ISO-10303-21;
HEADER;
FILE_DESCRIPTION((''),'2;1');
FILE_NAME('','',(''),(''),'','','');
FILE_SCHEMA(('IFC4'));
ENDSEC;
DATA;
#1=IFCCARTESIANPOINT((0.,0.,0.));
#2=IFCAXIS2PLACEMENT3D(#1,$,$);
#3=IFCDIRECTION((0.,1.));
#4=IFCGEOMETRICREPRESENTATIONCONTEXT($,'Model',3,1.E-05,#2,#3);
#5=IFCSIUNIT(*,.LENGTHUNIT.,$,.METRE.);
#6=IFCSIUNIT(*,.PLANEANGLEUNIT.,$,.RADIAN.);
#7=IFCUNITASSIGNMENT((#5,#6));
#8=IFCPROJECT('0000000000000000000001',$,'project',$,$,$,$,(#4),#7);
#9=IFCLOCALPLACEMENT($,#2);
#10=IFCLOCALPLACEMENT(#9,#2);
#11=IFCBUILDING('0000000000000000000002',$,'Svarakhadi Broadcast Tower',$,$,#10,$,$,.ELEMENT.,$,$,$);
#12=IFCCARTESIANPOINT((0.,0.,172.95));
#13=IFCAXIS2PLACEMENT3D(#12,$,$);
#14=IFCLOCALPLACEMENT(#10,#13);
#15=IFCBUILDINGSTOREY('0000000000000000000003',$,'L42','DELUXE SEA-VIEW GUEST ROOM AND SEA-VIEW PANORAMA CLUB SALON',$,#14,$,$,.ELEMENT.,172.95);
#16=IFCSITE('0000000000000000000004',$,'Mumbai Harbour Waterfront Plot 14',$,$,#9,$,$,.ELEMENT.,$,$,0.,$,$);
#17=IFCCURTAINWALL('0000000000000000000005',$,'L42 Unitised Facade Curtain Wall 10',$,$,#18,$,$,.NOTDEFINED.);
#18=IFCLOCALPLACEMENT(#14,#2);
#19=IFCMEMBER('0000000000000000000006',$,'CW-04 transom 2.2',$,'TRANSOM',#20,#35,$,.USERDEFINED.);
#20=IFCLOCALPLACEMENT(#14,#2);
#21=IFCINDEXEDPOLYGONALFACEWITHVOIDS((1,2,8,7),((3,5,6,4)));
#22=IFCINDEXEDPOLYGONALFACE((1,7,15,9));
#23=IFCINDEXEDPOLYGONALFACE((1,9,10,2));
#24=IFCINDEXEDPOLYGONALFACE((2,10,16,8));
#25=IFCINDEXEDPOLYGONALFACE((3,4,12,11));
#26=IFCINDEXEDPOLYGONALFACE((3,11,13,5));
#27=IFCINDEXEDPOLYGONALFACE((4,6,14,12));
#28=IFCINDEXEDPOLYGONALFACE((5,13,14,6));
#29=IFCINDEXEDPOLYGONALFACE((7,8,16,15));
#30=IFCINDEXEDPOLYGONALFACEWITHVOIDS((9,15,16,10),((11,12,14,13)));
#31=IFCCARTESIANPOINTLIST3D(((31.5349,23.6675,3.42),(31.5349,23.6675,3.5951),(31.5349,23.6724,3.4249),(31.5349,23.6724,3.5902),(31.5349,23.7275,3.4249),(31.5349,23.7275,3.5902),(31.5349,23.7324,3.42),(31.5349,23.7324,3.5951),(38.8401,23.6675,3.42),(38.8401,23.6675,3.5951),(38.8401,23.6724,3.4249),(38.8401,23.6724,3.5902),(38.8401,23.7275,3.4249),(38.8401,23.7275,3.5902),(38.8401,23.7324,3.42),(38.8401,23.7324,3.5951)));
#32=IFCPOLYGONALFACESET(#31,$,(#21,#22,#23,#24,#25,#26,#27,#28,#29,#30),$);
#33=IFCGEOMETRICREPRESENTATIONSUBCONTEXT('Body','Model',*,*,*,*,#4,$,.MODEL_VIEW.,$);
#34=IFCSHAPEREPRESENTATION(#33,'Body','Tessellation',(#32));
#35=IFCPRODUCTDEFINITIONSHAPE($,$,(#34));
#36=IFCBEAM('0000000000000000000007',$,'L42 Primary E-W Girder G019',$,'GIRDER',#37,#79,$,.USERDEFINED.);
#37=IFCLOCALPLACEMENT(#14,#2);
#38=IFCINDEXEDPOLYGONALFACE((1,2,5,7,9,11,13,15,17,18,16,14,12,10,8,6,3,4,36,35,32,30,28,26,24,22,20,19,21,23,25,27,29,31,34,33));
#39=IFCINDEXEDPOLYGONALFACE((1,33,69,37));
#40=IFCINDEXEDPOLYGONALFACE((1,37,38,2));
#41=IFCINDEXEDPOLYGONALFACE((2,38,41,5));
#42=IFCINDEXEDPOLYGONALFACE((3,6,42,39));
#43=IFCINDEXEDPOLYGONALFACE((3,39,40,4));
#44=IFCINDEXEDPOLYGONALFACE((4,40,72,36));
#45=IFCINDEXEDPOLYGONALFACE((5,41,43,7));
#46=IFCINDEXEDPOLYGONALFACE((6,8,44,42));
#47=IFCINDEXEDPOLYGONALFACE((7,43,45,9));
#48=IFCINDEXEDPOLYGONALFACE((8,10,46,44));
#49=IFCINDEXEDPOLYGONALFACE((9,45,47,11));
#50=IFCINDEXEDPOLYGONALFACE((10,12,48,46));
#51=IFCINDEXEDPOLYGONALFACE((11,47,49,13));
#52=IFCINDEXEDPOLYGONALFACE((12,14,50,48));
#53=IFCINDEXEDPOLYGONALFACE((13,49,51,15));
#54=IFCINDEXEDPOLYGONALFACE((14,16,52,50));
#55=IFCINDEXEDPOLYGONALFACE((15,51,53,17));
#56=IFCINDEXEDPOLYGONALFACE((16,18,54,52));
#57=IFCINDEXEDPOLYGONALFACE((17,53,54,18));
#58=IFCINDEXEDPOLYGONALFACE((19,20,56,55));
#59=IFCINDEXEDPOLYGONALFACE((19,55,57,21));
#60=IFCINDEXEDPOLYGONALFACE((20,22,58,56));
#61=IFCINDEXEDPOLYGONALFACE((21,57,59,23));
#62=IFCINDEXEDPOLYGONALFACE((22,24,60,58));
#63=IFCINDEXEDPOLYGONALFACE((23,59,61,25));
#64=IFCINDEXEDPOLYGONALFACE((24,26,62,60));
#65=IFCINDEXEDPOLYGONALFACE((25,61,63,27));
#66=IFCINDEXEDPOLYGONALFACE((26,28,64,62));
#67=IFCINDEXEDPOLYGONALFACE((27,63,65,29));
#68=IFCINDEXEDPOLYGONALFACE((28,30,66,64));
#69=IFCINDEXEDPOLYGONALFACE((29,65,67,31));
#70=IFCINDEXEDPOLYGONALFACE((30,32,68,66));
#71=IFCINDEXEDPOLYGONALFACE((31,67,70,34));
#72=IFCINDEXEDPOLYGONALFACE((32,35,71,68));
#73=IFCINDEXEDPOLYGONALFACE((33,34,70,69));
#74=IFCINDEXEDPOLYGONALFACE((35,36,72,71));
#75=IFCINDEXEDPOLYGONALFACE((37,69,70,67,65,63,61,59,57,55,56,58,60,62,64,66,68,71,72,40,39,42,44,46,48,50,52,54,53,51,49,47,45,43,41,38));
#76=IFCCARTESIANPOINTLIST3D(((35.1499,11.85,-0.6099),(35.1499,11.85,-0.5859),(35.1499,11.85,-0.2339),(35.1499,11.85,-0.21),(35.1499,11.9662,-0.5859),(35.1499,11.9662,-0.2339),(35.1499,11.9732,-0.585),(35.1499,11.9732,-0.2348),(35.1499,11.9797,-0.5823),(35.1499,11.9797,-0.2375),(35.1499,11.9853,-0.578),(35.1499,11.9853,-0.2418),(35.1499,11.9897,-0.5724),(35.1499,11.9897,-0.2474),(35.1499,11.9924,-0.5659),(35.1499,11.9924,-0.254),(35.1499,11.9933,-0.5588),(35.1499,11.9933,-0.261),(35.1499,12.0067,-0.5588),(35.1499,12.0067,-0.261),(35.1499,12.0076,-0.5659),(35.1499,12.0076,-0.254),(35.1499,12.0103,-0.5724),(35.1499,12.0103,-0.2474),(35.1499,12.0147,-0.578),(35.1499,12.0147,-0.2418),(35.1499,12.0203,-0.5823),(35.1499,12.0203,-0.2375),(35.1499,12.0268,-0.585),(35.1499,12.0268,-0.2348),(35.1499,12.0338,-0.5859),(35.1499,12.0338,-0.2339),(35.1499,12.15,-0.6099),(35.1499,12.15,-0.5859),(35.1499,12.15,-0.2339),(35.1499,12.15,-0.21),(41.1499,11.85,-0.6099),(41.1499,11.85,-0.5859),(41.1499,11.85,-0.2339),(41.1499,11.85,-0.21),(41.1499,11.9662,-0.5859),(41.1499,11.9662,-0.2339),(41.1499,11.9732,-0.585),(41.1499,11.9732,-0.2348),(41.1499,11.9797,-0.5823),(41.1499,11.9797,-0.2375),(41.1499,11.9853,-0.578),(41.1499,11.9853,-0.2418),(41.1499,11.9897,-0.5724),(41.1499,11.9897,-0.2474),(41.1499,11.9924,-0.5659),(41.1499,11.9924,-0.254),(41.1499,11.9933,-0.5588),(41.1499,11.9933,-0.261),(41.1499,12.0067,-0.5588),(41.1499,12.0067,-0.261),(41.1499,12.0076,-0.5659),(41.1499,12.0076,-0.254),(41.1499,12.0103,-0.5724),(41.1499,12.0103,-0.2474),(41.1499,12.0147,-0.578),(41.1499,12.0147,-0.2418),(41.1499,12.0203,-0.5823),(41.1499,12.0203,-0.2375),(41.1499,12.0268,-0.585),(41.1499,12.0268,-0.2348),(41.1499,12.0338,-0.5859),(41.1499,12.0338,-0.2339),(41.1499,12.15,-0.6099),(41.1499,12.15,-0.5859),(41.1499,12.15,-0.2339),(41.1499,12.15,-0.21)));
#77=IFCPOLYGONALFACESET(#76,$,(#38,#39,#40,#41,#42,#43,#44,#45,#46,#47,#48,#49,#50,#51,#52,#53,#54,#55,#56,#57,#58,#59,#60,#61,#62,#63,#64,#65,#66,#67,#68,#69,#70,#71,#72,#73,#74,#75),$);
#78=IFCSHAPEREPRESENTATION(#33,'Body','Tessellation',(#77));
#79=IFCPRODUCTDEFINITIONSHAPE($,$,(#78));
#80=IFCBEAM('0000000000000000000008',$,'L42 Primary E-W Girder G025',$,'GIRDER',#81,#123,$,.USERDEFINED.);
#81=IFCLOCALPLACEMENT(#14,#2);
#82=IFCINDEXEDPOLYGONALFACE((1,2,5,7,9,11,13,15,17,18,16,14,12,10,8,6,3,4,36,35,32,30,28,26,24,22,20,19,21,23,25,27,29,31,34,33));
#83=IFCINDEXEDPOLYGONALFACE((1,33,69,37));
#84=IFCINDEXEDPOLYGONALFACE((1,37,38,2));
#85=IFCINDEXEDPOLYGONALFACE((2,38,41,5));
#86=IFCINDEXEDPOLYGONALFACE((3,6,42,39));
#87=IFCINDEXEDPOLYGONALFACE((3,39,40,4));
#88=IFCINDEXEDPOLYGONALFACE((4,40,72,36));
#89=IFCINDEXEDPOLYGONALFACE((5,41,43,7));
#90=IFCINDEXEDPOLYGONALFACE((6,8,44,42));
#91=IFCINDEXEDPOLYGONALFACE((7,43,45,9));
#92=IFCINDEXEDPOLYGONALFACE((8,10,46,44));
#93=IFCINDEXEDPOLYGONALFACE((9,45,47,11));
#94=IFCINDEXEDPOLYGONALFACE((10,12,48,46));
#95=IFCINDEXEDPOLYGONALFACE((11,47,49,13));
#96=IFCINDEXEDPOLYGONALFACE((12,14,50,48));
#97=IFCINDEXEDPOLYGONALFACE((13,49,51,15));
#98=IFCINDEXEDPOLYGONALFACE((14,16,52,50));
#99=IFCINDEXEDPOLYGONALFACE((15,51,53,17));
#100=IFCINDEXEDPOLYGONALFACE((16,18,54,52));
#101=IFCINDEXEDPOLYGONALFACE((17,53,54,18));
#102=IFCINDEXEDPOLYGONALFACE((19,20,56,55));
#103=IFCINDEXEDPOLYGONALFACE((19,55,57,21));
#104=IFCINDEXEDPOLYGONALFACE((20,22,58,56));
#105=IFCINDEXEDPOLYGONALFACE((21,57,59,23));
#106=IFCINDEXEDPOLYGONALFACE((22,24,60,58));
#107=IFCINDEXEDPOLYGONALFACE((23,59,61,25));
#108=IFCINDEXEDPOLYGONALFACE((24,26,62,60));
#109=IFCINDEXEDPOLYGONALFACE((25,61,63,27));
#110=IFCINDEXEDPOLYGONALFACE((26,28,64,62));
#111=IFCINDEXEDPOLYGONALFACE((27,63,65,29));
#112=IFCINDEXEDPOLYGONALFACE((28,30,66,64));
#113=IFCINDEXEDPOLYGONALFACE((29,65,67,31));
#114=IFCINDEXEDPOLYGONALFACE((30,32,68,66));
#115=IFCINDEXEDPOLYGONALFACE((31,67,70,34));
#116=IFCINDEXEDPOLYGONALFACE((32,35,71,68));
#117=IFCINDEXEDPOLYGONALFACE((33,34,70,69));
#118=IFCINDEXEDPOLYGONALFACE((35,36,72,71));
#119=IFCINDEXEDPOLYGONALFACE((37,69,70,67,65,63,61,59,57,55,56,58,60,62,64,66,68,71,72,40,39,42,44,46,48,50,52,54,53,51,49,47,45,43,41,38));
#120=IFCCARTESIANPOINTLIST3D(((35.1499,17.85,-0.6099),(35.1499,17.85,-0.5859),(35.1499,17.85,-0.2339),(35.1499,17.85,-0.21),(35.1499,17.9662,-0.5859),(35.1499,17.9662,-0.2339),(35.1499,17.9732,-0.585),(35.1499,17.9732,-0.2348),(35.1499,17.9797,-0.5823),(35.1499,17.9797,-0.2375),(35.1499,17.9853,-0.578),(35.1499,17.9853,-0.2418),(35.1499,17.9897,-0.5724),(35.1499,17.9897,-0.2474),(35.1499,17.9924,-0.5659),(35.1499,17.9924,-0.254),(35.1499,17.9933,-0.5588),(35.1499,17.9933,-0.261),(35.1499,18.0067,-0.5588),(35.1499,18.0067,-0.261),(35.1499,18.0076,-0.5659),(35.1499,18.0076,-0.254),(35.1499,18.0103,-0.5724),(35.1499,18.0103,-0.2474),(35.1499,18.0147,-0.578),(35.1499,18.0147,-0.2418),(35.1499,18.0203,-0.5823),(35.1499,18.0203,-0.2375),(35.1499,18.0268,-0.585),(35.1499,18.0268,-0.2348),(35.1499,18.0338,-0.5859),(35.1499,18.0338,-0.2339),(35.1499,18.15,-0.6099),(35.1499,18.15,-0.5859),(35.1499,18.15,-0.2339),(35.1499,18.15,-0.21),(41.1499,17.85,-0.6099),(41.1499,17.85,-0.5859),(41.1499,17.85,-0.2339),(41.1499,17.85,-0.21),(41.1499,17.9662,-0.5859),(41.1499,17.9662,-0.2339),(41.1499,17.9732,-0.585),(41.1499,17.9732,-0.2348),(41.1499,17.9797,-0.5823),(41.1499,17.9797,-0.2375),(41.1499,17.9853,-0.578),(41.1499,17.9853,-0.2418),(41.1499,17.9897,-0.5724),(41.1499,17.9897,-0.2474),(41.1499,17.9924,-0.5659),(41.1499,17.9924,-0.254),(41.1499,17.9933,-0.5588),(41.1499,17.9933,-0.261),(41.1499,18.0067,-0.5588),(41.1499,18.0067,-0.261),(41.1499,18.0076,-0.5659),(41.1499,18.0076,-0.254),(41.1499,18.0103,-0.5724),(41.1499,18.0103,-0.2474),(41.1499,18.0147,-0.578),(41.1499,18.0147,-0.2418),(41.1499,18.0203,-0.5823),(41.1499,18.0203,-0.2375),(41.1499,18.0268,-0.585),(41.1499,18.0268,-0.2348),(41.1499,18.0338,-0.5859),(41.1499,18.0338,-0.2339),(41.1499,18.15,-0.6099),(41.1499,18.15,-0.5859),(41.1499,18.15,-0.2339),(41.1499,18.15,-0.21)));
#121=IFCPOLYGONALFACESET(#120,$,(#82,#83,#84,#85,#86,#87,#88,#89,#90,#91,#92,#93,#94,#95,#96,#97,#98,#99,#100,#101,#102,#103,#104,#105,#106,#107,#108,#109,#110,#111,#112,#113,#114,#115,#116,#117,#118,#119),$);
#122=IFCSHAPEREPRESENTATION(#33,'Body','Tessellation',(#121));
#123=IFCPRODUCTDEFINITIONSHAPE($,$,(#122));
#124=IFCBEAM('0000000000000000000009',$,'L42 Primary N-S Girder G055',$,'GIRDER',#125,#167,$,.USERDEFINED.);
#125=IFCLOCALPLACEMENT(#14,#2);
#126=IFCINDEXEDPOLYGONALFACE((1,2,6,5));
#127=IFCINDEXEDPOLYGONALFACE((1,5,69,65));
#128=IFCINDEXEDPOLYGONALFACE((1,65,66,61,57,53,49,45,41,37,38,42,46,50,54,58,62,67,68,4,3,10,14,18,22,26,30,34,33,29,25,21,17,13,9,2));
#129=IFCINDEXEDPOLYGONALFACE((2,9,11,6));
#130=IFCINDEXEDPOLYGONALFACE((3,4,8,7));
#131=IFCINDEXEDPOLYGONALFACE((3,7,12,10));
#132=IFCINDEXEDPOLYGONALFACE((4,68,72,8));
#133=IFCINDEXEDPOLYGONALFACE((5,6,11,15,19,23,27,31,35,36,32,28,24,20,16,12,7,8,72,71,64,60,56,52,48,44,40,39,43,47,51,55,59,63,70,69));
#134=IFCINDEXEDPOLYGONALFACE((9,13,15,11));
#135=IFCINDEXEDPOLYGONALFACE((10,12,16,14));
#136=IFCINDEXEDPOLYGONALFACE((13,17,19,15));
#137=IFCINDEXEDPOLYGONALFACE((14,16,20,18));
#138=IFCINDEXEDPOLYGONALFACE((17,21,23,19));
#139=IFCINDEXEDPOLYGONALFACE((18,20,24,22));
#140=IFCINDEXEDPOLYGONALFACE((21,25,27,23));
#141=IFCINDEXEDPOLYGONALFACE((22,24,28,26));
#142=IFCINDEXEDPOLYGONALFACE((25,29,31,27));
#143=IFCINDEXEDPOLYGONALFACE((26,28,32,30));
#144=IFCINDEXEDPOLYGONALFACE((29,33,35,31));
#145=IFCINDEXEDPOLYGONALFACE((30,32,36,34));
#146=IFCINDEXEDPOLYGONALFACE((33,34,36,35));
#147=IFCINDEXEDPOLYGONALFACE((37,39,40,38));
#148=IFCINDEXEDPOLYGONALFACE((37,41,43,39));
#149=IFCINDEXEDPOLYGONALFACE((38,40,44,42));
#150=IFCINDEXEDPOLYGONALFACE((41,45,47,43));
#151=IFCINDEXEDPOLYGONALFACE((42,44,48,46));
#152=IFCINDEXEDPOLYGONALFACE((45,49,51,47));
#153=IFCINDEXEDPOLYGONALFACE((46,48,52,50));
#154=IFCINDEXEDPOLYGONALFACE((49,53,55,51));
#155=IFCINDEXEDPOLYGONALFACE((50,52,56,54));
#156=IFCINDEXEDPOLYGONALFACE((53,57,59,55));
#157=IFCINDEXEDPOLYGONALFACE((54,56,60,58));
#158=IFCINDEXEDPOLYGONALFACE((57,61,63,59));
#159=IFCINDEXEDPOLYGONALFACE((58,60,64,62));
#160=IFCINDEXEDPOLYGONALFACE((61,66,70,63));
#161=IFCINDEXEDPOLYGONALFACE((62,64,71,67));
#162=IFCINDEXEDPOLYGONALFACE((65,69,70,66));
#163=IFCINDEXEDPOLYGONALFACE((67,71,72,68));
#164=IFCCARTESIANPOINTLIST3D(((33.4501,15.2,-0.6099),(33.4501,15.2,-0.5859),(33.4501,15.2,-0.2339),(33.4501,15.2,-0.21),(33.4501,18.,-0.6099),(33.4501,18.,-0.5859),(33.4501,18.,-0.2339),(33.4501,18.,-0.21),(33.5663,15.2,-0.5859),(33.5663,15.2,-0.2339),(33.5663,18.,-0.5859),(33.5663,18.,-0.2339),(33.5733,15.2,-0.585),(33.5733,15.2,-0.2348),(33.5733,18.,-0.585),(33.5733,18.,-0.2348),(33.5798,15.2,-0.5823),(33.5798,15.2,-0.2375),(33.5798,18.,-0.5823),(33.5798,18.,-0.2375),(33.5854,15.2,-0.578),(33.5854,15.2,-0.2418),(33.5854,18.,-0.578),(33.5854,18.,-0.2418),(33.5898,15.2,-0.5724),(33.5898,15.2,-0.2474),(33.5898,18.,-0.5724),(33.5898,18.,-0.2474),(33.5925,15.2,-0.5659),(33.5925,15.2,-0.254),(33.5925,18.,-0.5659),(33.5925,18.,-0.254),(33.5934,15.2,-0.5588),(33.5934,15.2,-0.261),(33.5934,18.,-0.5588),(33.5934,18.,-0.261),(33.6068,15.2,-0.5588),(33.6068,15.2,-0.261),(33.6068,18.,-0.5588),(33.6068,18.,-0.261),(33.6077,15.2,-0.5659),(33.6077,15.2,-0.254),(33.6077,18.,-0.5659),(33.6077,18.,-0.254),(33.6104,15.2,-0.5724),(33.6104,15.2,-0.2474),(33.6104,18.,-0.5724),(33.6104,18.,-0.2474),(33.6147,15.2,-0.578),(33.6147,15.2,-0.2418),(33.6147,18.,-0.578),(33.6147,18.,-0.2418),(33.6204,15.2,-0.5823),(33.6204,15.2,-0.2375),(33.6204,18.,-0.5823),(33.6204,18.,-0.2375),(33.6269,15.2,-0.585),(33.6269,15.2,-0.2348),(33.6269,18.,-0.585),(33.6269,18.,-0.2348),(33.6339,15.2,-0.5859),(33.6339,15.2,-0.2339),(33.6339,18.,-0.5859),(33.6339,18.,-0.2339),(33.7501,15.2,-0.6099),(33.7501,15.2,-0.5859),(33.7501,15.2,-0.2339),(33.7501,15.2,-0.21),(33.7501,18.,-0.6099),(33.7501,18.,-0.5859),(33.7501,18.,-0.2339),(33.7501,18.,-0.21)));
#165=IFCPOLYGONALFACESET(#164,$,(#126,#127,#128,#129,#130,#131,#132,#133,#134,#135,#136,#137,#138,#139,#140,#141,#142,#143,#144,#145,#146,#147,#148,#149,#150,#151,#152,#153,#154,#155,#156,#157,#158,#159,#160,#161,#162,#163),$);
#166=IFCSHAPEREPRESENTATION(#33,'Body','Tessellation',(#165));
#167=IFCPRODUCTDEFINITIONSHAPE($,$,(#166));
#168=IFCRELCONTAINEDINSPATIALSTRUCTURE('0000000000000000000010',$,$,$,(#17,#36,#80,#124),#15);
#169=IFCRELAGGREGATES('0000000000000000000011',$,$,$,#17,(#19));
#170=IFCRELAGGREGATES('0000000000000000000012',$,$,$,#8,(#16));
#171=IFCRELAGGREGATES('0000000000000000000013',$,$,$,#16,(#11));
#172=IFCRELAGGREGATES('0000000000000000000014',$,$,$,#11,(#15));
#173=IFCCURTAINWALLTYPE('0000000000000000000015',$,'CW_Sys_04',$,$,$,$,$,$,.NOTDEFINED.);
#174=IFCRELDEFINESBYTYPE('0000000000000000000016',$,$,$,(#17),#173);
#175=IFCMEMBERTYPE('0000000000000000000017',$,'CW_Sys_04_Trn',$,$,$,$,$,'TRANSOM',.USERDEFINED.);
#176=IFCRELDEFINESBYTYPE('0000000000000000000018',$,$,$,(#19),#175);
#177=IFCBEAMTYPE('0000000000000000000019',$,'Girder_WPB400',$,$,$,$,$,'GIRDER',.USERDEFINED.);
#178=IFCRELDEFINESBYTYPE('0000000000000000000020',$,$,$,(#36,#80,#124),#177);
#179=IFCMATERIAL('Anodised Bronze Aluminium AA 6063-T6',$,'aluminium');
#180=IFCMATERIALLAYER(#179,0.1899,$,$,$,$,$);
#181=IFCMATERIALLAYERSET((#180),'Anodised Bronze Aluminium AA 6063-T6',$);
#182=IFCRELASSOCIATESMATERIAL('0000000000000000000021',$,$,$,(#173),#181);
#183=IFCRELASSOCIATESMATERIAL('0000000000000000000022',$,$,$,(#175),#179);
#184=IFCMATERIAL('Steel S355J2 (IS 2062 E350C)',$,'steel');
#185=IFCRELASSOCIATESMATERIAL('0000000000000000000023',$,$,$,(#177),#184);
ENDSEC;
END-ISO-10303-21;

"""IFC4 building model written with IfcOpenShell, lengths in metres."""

from ifc_helpers import new_model, si_unit, direction, frame, origin, origin_2d, place, context, subcontext, project, spatial, hollow_rectangle, i_section, extrude, material, layer, layer_set, material_profile, profile_set, type_object, element, aggregate, save


model = new_model("IFC4")

# Units and contexts
model_context = context("Model", 3, precision=1e-05, world=origin(), true_north=direction((0.0, 1.0)))
body_context = subcontext(model_context, "Body", "Model", "MODEL_VIEW")
ifc_project = project(units=[si_unit("LENGTHUNIT", "METRE"), si_unit("PLANEANGLEUNIT", "RADIAN")], contexts=[model_context])

# Site, building, storey
site_placement = place(None, origin())
site = spatial("IfcSite", under=ifc_project, at=site_placement, Name="Mumbai Harbour Waterfront Plot 14", CompositionType="ELEMENT", RefElevation=0.0)
building_placement = place(site_placement, origin())
building = spatial("IfcBuilding", under=site, at=building_placement, Name="Svarakhadi Broadcast Tower", CompositionType="ELEMENT")
storey_placement = place(building_placement, frame((0.0, 0.0, 172.95)))
storey = spatial("IfcBuildingStorey", under=building, at=storey_placement, Name="L42", Description="DELUXE SEA-VIEW GUEST ROOM AND SEA-VIEW PANORAMA CLUB SALON", CompositionType="ELEMENT", Elevation=172.95)

# Shared definitions
ifc_material_1 = material(Name="Steel S355J2 (IS 2062 E350C)", Category="steel")

# Curtain wall, member
ifc_material_2 = material(Name="Anodised Bronze Aluminium AA 6063-T6", Category="aluminium")
ifc_layer_1 = layer(ifc_material_2, 0.1899)
ifc_layer_set_1 = layer_set([ifc_layer_1], Name="Anodised Bronze Aluminium AA 6063-T6")
curtain_wall_type = type_object("IfcCurtainWallType", Name="CW_Sys_04", PredefinedType="NOTDEFINED", material=ifc_layer_set_1)
curtain_wall_placement = place(storey_placement, origin())
curtain_wall = element("IfcCurtainWall", 1, at=curtain_wall_placement, inside=storey, type_object=curtain_wall_type, Name="L42 Unitised Facade Curtain Wall 10", PredefinedType="NOTDEFINED")
ifc_material_profile_1 = material_profile(ifc_material_2, hollow_rectangle(XDim=0.0649, YDim=0.175, WallThickness=0.0049, at=origin_2d()), Name="ALU TRANSOM 175x65x5")
ifc_profile_set_1 = profile_set([ifc_material_profile_1], Name="Anodised Bronze Aluminium AA 6063-T6")
member_type_1 = type_object("IfcMemberType", Name="CW_Sys_04_Trn", ElementType="TRANSOM", PredefinedType="USERDEFINED", material=ifc_profile_set_1)
member_1_placement = place(storey_placement, frame((31.5349, 23.7, 3.5076), z_axis=(1.0, 0.0, 0.0), x_axis=(0.0, 1.0, 0.0)))
member_1 = element("IfcMember", 2, at=member_1_placement, type_object=member_type_1, Name="CW-04 transom 2.2", ObjectType="TRANSOM", PredefinedType="USERDEFINED", context=body_context, shape_type="SweptSolid", body=[
    extrude(hollow_rectangle(XDim=0.0649, YDim=0.175, WallThickness=0.0049, at=origin_2d()), origin(), (0.0, 0.0, 1.0), 7.3052),
])

# Beams
ifc_material_profile_2 = material_profile(ifc_material_1, i_section(OverallWidth=0.3, OverallDepth=0.3999, WebThickness=0.0134, FlangeThickness=0.0239, FilletRadius=0.0271, at=origin_2d()), Name="WPB 400x300x155")
ifc_profile_set_2 = profile_set([ifc_material_profile_2], Name="Steel S355J2 (IS 2062 E350C)")
beam_type_1 = type_object("IfcBeamType", Name="Girder_WPB400", ElementType="GIRDER", PredefinedType="USERDEFINED", material=ifc_profile_set_2)
for number, where, z_axis, x_axis, name in (
    (3, (35.1499, 12.0, -0.4099), (1.0, 0.0, 0.0), (0.0, 1.0, 0.0), "L42 Primary E-W Girder G019"),
    (4, (35.1499, 18.0, -0.4099), (1.0, 0.0, 0.0), (0.0, 1.0, 0.0), "L42 Primary E-W Girder G025"),
):
    element("IfcBeam", number, at=place(storey_placement, frame(where, z_axis=z_axis, x_axis=x_axis)), inside=storey, type_object=beam_type_1, Name=name, ObjectType="GIRDER", PredefinedType="USERDEFINED", context=body_context, shape_type="SweptSolid", body=[
        extrude(i_section(OverallWidth=0.3, OverallDepth=0.3999, WebThickness=0.0134, FlangeThickness=0.0239, FilletRadius=0.0271, at=origin_2d()), origin(), (0.0, 0.0, 1.0), 6.0),
    ])
beam_1_placement = place(storey_placement, frame((33.6001, 15.2, -0.4099), z_axis=(0.0, 1.0, 0.0), x_axis=(-1.0, 0.0, 0.0)))
element("IfcBeam", 5, at=beam_1_placement, inside=storey, type_object=beam_type_1, Name="L42 Primary N-S Girder G055", ObjectType="GIRDER", PredefinedType="USERDEFINED", context=body_context, shape_type="SweptSolid", body=[
    extrude(i_section(OverallWidth=0.3, OverallDepth=0.3999, WebThickness=0.0134, FlangeThickness=0.0239, FilletRadius=0.0271, at=origin_2d()), origin(), (0.0, 0.0, 1.0), 2.8),
])

aggregate(curtain_wall, [member_1])

save(model, "model.ifc")
